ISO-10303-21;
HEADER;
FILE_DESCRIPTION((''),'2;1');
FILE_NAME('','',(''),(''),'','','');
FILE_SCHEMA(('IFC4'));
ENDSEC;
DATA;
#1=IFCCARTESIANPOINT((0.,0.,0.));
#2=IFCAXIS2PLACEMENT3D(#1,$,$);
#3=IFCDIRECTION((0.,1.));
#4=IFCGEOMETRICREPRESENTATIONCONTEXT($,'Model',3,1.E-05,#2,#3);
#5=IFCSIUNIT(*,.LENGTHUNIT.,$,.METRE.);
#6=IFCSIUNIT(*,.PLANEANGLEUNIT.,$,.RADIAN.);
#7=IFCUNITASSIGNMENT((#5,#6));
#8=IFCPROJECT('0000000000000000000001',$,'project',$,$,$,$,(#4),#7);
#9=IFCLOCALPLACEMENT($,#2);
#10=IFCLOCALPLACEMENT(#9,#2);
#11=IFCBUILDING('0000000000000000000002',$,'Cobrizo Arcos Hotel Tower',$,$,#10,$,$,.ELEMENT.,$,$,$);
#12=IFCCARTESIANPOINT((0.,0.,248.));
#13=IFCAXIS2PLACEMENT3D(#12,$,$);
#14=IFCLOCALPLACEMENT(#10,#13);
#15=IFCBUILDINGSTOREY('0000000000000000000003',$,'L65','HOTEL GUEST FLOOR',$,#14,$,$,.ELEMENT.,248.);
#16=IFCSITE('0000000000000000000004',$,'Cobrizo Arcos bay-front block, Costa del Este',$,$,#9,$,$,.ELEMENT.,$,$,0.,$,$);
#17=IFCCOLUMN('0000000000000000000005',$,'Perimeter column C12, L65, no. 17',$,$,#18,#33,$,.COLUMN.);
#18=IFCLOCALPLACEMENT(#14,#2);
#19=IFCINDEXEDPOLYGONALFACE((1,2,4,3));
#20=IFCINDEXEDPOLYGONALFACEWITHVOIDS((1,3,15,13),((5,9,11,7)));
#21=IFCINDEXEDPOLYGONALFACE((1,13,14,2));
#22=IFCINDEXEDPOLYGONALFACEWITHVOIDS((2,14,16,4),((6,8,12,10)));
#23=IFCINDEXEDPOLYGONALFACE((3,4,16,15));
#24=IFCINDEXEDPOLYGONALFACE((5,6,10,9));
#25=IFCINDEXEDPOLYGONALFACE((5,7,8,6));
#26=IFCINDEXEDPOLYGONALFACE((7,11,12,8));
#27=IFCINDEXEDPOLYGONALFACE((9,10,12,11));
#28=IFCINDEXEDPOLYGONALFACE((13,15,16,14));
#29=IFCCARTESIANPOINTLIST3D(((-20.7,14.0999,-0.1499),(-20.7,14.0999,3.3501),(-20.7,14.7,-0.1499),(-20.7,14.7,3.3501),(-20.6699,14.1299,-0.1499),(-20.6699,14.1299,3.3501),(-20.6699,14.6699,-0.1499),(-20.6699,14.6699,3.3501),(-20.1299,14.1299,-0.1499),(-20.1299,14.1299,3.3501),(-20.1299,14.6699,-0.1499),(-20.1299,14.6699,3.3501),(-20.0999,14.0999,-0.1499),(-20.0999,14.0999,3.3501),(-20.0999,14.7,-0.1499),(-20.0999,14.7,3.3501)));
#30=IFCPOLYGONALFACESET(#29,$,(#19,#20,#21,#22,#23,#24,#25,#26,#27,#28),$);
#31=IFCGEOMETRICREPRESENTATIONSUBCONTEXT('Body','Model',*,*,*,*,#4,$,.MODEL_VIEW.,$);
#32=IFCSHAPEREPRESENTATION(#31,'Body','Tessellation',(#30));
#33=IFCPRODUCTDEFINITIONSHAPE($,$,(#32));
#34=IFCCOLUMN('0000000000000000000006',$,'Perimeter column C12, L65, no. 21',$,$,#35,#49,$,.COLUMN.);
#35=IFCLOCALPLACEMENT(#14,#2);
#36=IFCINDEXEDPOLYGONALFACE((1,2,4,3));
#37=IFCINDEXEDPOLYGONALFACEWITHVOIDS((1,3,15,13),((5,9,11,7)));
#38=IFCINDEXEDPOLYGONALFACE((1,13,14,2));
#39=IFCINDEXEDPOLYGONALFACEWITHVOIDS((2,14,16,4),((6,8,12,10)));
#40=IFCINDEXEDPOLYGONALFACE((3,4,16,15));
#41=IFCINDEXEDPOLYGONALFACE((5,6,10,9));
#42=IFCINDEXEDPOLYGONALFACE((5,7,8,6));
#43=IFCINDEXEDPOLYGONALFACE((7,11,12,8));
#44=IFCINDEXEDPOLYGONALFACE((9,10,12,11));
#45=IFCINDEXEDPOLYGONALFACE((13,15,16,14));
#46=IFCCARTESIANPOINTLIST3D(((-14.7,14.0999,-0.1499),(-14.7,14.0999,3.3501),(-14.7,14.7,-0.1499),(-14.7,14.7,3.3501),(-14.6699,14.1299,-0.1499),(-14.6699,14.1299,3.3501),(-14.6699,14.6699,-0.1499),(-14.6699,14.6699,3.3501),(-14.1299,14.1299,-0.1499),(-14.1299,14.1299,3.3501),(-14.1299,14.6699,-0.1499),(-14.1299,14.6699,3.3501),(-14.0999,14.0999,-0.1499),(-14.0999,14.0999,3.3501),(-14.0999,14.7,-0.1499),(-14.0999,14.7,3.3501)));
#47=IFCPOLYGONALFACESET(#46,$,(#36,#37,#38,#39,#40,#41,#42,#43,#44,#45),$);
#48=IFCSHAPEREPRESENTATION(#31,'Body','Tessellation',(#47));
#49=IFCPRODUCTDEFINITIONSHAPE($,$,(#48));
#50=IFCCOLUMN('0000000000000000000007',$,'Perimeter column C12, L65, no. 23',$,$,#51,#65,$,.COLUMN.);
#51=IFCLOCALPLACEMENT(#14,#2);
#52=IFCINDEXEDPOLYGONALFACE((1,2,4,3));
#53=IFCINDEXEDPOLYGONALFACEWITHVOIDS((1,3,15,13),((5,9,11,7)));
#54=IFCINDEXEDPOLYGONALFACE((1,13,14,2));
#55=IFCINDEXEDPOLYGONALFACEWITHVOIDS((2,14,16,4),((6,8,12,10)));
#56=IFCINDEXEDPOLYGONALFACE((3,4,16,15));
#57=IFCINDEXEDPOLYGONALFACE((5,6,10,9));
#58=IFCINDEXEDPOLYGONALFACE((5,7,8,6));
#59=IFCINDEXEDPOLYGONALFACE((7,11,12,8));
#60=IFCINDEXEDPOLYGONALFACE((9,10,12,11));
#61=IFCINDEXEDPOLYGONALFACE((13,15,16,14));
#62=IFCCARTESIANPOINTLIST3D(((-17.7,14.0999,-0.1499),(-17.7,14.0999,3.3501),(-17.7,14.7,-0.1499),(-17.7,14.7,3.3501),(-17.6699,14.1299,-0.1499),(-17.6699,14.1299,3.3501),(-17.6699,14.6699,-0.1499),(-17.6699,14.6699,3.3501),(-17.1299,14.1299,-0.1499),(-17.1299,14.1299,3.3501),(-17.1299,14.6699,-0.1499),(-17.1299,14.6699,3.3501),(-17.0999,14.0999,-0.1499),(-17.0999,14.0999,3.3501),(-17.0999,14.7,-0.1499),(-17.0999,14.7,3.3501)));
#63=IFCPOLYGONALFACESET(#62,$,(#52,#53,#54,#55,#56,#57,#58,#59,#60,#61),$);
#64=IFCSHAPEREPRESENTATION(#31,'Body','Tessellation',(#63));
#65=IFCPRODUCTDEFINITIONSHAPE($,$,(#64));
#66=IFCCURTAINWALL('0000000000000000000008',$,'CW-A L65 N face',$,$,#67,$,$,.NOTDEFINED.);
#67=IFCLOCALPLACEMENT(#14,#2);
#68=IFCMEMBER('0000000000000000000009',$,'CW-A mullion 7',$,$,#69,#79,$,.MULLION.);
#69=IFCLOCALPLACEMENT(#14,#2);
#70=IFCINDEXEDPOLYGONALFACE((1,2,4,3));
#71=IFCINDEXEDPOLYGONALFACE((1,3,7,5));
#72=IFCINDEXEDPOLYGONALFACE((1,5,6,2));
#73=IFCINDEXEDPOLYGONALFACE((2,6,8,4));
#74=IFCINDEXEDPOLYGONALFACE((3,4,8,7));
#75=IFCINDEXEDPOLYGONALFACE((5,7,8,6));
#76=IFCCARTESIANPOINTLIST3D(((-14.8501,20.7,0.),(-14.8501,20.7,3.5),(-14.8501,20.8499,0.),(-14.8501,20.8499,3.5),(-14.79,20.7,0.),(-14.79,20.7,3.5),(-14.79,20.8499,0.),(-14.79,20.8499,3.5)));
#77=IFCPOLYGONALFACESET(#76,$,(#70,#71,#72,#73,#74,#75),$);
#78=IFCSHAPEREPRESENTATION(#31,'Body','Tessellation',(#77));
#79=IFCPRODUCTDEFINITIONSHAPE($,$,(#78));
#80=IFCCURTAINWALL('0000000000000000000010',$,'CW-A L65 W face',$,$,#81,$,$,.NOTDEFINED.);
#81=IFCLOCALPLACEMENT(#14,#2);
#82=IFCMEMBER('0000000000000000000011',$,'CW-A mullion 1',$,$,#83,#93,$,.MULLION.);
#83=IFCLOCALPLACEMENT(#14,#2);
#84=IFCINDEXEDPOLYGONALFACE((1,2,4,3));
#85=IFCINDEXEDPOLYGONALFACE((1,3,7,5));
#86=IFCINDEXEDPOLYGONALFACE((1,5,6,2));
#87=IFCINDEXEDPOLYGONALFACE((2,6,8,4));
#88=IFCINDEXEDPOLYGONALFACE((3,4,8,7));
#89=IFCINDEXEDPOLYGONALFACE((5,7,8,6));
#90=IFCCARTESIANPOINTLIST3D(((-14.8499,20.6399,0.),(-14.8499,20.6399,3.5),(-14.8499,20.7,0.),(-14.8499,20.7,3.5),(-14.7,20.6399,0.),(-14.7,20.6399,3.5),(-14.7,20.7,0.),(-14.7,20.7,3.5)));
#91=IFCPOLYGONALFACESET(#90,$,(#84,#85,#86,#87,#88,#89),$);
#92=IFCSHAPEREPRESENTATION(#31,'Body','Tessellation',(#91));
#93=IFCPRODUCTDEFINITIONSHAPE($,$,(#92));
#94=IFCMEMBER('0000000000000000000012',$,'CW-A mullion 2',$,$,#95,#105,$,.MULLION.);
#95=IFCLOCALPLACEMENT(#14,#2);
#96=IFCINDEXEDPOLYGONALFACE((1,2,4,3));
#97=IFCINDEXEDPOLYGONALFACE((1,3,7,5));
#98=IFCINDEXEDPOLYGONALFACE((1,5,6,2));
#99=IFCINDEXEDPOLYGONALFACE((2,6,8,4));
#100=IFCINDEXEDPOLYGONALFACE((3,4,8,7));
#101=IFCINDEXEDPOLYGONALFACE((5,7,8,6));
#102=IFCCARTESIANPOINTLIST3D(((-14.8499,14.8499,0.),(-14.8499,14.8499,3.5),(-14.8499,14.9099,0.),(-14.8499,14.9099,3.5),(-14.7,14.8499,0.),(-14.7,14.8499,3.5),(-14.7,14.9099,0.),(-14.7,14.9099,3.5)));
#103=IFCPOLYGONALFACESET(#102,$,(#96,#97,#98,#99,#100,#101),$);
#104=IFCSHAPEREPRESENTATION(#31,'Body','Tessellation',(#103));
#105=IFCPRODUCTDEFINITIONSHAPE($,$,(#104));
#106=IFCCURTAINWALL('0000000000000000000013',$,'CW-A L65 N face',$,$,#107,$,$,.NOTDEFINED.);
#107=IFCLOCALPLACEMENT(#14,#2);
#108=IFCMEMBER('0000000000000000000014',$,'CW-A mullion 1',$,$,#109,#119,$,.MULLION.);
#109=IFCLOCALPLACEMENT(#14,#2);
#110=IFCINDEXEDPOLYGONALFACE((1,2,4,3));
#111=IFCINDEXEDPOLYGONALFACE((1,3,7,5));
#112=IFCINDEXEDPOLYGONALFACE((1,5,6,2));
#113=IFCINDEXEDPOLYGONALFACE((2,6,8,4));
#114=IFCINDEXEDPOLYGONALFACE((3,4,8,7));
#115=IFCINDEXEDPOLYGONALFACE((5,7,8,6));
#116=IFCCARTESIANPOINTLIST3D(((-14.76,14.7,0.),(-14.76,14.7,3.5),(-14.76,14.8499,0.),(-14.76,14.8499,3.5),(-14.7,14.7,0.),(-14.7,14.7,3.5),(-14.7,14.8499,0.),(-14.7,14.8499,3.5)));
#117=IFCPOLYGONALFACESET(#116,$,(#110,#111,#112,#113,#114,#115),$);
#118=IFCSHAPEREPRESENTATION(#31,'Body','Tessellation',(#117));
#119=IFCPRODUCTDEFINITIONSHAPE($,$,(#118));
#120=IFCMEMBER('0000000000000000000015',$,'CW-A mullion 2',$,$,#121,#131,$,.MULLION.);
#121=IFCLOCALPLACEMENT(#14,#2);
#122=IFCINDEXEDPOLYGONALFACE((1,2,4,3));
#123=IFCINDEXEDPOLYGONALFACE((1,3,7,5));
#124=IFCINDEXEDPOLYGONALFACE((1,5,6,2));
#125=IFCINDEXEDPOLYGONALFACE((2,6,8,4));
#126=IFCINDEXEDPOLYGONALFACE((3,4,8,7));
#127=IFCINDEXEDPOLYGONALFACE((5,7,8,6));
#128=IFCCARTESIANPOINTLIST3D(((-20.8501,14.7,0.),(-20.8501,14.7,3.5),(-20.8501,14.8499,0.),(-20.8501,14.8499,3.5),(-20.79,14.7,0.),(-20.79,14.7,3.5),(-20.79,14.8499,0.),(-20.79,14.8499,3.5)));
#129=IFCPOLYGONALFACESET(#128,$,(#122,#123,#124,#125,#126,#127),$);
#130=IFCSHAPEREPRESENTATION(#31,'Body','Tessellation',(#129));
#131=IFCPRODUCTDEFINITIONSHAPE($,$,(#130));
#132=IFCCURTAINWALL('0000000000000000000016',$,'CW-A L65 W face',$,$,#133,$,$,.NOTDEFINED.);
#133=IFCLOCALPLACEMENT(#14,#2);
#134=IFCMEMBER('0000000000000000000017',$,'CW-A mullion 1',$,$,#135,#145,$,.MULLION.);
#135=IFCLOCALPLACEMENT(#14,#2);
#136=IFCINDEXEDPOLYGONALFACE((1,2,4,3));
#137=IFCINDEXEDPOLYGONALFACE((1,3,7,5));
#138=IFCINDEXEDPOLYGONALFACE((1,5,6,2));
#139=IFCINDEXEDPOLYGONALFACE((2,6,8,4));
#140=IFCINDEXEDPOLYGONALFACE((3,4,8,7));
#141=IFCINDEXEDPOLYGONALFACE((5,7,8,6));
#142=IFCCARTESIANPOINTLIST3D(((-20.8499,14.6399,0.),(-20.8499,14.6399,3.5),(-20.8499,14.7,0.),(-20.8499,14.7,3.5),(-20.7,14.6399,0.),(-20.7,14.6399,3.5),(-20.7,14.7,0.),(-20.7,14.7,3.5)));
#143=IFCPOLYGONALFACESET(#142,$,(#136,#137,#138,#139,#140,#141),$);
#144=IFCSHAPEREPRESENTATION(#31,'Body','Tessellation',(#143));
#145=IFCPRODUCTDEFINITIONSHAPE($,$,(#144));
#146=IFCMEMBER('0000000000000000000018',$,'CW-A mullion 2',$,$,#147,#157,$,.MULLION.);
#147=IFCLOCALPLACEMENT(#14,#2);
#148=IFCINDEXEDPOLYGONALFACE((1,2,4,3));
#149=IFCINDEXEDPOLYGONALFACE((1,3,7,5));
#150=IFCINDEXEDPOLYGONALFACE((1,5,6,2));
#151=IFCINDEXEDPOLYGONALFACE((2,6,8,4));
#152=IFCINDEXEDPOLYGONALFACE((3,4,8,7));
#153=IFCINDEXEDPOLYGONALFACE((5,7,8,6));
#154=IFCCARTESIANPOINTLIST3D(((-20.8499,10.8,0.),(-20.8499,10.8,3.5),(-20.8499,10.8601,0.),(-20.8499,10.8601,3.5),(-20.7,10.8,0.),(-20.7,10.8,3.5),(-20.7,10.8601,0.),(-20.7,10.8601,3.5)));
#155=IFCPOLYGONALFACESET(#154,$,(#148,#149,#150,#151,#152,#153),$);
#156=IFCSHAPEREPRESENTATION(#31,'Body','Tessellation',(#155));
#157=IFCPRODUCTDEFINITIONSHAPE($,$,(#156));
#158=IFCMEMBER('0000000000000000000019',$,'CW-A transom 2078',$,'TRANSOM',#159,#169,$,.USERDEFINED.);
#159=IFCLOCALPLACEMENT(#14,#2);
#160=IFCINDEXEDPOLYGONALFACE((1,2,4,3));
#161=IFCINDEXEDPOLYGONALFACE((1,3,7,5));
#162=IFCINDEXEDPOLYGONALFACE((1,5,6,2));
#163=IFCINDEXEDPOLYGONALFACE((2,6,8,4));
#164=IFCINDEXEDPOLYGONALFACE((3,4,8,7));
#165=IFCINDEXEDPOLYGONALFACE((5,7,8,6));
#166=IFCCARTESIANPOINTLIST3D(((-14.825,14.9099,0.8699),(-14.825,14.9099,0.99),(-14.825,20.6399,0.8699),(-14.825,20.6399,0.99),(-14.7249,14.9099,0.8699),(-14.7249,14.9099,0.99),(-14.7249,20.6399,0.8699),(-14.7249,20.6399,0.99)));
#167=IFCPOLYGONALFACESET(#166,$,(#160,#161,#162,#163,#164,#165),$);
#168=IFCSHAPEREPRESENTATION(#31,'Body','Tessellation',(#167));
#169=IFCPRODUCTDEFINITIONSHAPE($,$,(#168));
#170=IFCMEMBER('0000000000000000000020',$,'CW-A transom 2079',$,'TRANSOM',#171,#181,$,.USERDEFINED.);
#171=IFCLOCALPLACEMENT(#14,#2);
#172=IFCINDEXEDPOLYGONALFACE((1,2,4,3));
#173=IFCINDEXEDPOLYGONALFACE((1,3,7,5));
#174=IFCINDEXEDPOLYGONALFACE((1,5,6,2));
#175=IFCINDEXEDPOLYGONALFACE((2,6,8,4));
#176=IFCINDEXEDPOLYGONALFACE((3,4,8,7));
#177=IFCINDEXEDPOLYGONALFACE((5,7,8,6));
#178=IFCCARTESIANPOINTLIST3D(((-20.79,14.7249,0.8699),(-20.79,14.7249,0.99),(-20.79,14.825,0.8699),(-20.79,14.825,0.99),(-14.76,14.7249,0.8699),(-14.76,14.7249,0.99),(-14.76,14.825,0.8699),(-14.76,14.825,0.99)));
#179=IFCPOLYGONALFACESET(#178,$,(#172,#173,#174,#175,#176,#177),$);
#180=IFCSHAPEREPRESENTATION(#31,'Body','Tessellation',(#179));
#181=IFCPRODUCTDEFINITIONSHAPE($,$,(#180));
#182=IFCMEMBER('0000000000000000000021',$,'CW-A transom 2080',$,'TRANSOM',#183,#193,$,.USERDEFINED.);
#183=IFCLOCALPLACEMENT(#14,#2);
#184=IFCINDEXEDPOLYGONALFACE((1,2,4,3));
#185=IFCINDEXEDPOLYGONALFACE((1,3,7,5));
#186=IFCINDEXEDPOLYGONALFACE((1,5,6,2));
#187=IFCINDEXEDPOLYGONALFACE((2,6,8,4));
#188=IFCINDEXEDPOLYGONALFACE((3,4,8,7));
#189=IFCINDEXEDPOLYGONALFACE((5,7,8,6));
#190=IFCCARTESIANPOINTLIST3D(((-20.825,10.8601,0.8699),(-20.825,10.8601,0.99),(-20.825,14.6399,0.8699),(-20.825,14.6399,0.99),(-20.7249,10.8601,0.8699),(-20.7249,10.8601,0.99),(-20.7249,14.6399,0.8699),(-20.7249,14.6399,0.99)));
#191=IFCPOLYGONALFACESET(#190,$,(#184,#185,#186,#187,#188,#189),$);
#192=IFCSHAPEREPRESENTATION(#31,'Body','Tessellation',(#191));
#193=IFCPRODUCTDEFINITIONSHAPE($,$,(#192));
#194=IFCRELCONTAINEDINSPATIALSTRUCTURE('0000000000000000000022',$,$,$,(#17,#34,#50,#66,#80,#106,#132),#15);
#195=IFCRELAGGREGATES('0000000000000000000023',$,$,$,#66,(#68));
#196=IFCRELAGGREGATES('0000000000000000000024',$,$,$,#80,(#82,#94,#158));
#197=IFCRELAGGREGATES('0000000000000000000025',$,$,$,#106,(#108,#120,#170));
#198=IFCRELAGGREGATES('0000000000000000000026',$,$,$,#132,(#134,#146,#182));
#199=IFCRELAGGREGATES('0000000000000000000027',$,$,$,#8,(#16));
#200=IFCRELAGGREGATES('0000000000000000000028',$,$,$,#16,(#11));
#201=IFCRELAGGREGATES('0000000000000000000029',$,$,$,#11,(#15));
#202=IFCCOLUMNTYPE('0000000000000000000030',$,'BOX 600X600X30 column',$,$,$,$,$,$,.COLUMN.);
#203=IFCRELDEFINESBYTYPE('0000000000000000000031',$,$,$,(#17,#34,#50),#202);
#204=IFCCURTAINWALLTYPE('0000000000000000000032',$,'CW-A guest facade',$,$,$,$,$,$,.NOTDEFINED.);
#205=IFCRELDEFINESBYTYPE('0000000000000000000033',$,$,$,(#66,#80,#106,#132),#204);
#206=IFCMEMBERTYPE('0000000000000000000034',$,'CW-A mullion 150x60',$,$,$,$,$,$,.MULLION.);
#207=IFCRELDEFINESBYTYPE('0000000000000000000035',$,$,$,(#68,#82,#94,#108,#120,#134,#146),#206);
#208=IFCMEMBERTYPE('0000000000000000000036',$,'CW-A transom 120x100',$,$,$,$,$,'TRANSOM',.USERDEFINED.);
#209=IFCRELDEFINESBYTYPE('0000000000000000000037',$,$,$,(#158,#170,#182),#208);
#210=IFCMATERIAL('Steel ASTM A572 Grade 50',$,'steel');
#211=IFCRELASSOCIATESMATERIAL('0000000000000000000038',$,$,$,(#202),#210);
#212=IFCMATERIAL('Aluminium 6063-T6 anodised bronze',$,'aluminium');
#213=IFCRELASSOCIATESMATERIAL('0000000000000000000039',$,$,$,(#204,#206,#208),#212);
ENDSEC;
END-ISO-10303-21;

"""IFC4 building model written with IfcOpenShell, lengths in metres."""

from ifc_helpers import new_model, si_unit, direction, frame, origin, origin_2d, place, context, subcontext, project, spatial, rectangle, hollow_rectangle, extrude, material, material_profile, profile_set, type_object, element, aggregate, save


model = new_model("IFC4")

# Units and contexts
model_context = context("Model", 3, precision=1e-05, world=origin(), true_north=direction((0.0, 1.0)))
body_context = subcontext(model_context, "Body", "Model", "MODEL_VIEW")
ifc_project = project(units=[si_unit("LENGTHUNIT", "METRE"), si_unit("PLANEANGLEUNIT", "RADIAN")], contexts=[model_context])

# Site, building, storey
site_placement = place(None, origin())
site = spatial("IfcSite", under=ifc_project, at=site_placement, Name="Cobrizo Arcos bay-front block, Costa del Este", CompositionType="ELEMENT", RefElevation=0.0)
building_placement = place(site_placement, origin())
building = spatial("IfcBuilding", under=site, at=building_placement, Name="Cobrizo Arcos Hotel Tower", CompositionType="ELEMENT")
storey_placement = place(building_placement, frame((0.0, 0.0, 248.0)))
storey = spatial("IfcBuildingStorey", under=building, at=storey_placement, Name="L65", Description="HOTEL GUEST FLOOR", CompositionType="ELEMENT", Elevation=248.0)

# Columns
ifc_material_1 = material(Name="Steel ASTM A572 Grade 50", Category="steel")
ifc_material_profile_1 = material_profile(ifc_material_1, hollow_rectangle(XDim=0.6001, YDim=0.6001, WallThickness=0.03, at=origin_2d()), Name="BOX 600X600X30")
ifc_profile_set_1 = profile_set([ifc_material_profile_1], Name="Steel ASTM A572 Grade 50")
column_type = type_object("IfcColumnType", Name="BOX 600X600X30 column", PredefinedType="COLUMN", material=ifc_profile_set_1)
for number, where, z_axis, x_axis, name in (
    (1, (-20.3999, 14.3999, -0.1499), (0.0, 0.0, 1.0), (1.0, 0.0, 0.0), "Perimeter column C12, L65, no. 17"),
    (2, (-14.3999, 14.3999, -0.1499), (0.0, 0.0, 1.0), (1.0, 0.0, 0.0), "Perimeter column C12, L65, no. 21"),
    (3, (-17.3999, 14.3999, -0.1499), (0.0, 0.0, 1.0), (1.0, 0.0, 0.0), "Perimeter column C12, L65, no. 23"),
):
    element("IfcColumn", number, at=place(storey_placement, frame(where, z_axis=z_axis, x_axis=x_axis)), inside=storey, type_object=column_type, Name=name, PredefinedType="COLUMN", context=body_context, shape_type="SweptSolid", body=[
        extrude(hollow_rectangle(XDim=0.6001, YDim=0.6001, WallThickness=0.03, at=origin_2d()), origin(), (0.0, 0.0, 1.0), 3.5),
    ])

# Curtain wall, member
ifc_material_2 = material(Name="Aluminium 6063-T6 anodised bronze", Category="aluminium")
curtain_wall_type = type_object("IfcCurtainWallType", Name="CW-A guest facade", PredefinedType="NOTDEFINED", material=ifc_material_2)
curtain_wall_1_placement = place(storey_placement, origin())
curtain_wall_1 = element("IfcCurtainWall", 4, at=curtain_wall_1_placement, inside=storey, type_object=curtain_wall_type, Name="CW-A L65 N face", PredefinedType="NOTDEFINED")
ifc_material_profile_2 = material_profile(ifc_material_2, rectangle(XDim=0.1499, YDim=0.0601, at=origin_2d()), Name="CW-A mullion 150x60")
ifc_profile_set_2 = profile_set([ifc_material_profile_2], Name="Aluminium 6063-T6 anodised bronze")
member_type_1 = type_object("IfcMemberType", Name="CW-A mullion 150x60", PredefinedType="MULLION", material=ifc_profile_set_2)
member_1_placement = place(storey_placement, frame((-14.8201, 20.7749, 0.0), z_axis=(0.0, 0.0, 1.0), x_axis=(0.0, 1.0, 0.0)))
member_1 = element("IfcMember", 5, at=member_1_placement, type_object=member_type_1, Name="CW-A mullion 7", PredefinedType="MULLION", context=body_context, shape_type="SweptSolid", body=[
    extrude(rectangle(XDim=0.1499, YDim=0.0601, at=origin_2d()), origin(), (0.0, 0.0, 1.0), 3.5),
])
aggregate(curtain_wall_1, [member_1])

# Curtain walls, members
curtain_wall_2_placement = place(storey_placement, origin())
curtain_wall_2 = element("IfcCurtainWall", 6, at=curtain_wall_2_placement, inside=storey, type_object=curtain_wall_type, Name="CW-A L65 W face", PredefinedType="NOTDEFINED")
member_2_placement = place(storey_placement, frame((-14.7749, 20.6699, 0.0), z_axis=(0.0, 0.0, 1.0), x_axis=(-1.0, 0.0, 0.0)))
member_2 = element("IfcMember", 7, at=member_2_placement, type_object=member_type_1, Name="CW-A mullion 1", PredefinedType="MULLION", context=body_context, shape_type="SweptSolid", body=[
    extrude(rectangle(XDim=0.1499, YDim=0.0601, at=origin_2d()), origin(), (0.0, 0.0, 1.0), 3.5),
])
member_3_placement = place(storey_placement, frame((-14.7749, 14.8799, 0.0), z_axis=(0.0, 0.0, 1.0), x_axis=(-1.0, 0.0, 0.0)))
member_3 = element("IfcMember", 8, at=member_3_placement, type_object=member_type_1, Name="CW-A mullion 2", PredefinedType="MULLION", context=body_context, shape_type="SweptSolid", body=[
    extrude(rectangle(XDim=0.1499, YDim=0.0601, at=origin_2d()), origin(), (0.0, 0.0, 1.0), 3.5),
])
curtain_wall_3_placement = place(storey_placement, origin())
curtain_wall_3 = element("IfcCurtainWall", 9, at=curtain_wall_3_placement, inside=storey, type_object=curtain_wall_type, Name="CW-A L65 N face", PredefinedType="NOTDEFINED")
member_4_placement = place(storey_placement, frame((-14.73, 14.7749, 0.0), z_axis=(0.0, 0.0, 1.0), x_axis=(0.0, 1.0, 0.0)))
member_4 = element("IfcMember", 10, at=member_4_placement, type_object=member_type_1, Name="CW-A mullion 1", PredefinedType="MULLION", context=body_context, shape_type="SweptSolid", body=[
    extrude(rectangle(XDim=0.1499, YDim=0.0601, at=origin_2d()), origin(), (0.0, 0.0, 1.0), 3.5),
])
member_5_placement = place(storey_placement, frame((-20.8201, 14.7749, 0.0), z_axis=(0.0, 0.0, 1.0), x_axis=(0.0, 1.0, 0.0)))
member_5 = element("IfcMember", 11, at=member_5_placement, type_object=member_type_1, Name="CW-A mullion 2", PredefinedType="MULLION", context=body_context, shape_type="SweptSolid", body=[
    extrude(rectangle(XDim=0.1499, YDim=0.0601, at=origin_2d()), origin(), (0.0, 0.0, 1.0), 3.5),
])
curtain_wall_4_placement = place(storey_placement, origin())
curtain_wall_4 = element("IfcCurtainWall", 12, at=curtain_wall_4_placement, inside=storey, type_object=curtain_wall_type, Name="CW-A L65 W face", PredefinedType="NOTDEFINED")
member_6_placement = place(storey_placement, frame((-20.7749, 14.6699, 0.0), z_axis=(0.0, 0.0, 1.0), x_axis=(-1.0, 0.0, 0.0)))
member_6 = element("IfcMember", 13, at=member_6_placement, type_object=member_type_1, Name="CW-A mullion 1", PredefinedType="MULLION", context=body_context, shape_type="SweptSolid", body=[
    extrude(rectangle(XDim=0.1499, YDim=0.0601, at=origin_2d()), origin(), (0.0, 0.0, 1.0), 3.5),
])
member_7_placement = place(storey_placement, frame((-20.7749, 10.8301, 0.0), z_axis=(0.0, 0.0, 1.0), x_axis=(-1.0, 0.0, 0.0)))
member_7 = element("IfcMember", 14, at=member_7_placement, type_object=member_type_1, Name="CW-A mullion 2", PredefinedType="MULLION", context=body_context, shape_type="SweptSolid", body=[
    extrude(rectangle(XDim=0.1499, YDim=0.0601, at=origin_2d()), origin(), (0.0, 0.0, 1.0), 3.5),
])

# Members
ifc_material_profile_3 = material_profile(ifc_material_2, rectangle(XDim=0.1001, YDim=0.1201, at=origin_2d()), Name="CW-A transom 120x100")
ifc_profile_set_3 = profile_set([ifc_material_profile_3], Name="Aluminium 6063-T6 anodised bronze")
member_type_2 = type_object("IfcMemberType", Name="CW-A transom 120x100", ElementType="TRANSOM", PredefinedType="USERDEFINED", material=ifc_profile_set_3)
member_8_placement = place(storey_placement, frame((-14.7749, 20.6399, 0.9299), z_axis=(0.0, -1.0, 0.0), x_axis=(1.0, 0.0, 0.0)))
member_8 = element("IfcMember", 15, at=member_8_placement, type_object=member_type_2, Name="CW-A transom 2078", ObjectType="TRANSOM", PredefinedType="USERDEFINED", context=body_context, shape_type="SweptSolid", body=[
    extrude(rectangle(XDim=0.1001, YDim=0.1201, at=origin_2d()), origin(), (0.0, 0.0, 1.0), 5.73),
])
member_9_placement = place(storey_placement, frame((-14.76, 14.7749, 0.9299), z_axis=(-1.0, 0.0, 0.0), x_axis=(0.0, -1.0, 0.0)))
member_9 = element("IfcMember", 16, at=member_9_placement, type_object=member_type_2, Name="CW-A transom 2079", ObjectType="TRANSOM", PredefinedType="USERDEFINED", context=body_context, shape_type="SweptSolid", body=[
    extrude(rectangle(XDim=0.1001, YDim=0.1201, at=origin_2d()), origin(), (0.0, 0.0, 1.0), 6.03),
])
member_10_placement = place(storey_placement, frame((-20.7749, 14.6399, 0.9299), z_axis=(0.0, -1.0, 0.0), x_axis=(1.0, 0.0, 0.0)))
member_10 = element("IfcMember", 17, at=member_10_placement, type_object=member_type_2, Name="CW-A transom 2080", ObjectType="TRANSOM", PredefinedType="USERDEFINED", context=body_context, shape_type="SweptSolid", body=[
    extrude(rectangle(XDim=0.1001, YDim=0.1201, at=origin_2d()), origin(), (0.0, 0.0, 1.0), 3.7798),
])

aggregate(curtain_wall_2, [member_2, member_3, member_8])
aggregate(curtain_wall_3, [member_4, member_5, member_9])
aggregate(curtain_wall_4, [member_6, member_7, member_10])

save(model, "model.ifc")
